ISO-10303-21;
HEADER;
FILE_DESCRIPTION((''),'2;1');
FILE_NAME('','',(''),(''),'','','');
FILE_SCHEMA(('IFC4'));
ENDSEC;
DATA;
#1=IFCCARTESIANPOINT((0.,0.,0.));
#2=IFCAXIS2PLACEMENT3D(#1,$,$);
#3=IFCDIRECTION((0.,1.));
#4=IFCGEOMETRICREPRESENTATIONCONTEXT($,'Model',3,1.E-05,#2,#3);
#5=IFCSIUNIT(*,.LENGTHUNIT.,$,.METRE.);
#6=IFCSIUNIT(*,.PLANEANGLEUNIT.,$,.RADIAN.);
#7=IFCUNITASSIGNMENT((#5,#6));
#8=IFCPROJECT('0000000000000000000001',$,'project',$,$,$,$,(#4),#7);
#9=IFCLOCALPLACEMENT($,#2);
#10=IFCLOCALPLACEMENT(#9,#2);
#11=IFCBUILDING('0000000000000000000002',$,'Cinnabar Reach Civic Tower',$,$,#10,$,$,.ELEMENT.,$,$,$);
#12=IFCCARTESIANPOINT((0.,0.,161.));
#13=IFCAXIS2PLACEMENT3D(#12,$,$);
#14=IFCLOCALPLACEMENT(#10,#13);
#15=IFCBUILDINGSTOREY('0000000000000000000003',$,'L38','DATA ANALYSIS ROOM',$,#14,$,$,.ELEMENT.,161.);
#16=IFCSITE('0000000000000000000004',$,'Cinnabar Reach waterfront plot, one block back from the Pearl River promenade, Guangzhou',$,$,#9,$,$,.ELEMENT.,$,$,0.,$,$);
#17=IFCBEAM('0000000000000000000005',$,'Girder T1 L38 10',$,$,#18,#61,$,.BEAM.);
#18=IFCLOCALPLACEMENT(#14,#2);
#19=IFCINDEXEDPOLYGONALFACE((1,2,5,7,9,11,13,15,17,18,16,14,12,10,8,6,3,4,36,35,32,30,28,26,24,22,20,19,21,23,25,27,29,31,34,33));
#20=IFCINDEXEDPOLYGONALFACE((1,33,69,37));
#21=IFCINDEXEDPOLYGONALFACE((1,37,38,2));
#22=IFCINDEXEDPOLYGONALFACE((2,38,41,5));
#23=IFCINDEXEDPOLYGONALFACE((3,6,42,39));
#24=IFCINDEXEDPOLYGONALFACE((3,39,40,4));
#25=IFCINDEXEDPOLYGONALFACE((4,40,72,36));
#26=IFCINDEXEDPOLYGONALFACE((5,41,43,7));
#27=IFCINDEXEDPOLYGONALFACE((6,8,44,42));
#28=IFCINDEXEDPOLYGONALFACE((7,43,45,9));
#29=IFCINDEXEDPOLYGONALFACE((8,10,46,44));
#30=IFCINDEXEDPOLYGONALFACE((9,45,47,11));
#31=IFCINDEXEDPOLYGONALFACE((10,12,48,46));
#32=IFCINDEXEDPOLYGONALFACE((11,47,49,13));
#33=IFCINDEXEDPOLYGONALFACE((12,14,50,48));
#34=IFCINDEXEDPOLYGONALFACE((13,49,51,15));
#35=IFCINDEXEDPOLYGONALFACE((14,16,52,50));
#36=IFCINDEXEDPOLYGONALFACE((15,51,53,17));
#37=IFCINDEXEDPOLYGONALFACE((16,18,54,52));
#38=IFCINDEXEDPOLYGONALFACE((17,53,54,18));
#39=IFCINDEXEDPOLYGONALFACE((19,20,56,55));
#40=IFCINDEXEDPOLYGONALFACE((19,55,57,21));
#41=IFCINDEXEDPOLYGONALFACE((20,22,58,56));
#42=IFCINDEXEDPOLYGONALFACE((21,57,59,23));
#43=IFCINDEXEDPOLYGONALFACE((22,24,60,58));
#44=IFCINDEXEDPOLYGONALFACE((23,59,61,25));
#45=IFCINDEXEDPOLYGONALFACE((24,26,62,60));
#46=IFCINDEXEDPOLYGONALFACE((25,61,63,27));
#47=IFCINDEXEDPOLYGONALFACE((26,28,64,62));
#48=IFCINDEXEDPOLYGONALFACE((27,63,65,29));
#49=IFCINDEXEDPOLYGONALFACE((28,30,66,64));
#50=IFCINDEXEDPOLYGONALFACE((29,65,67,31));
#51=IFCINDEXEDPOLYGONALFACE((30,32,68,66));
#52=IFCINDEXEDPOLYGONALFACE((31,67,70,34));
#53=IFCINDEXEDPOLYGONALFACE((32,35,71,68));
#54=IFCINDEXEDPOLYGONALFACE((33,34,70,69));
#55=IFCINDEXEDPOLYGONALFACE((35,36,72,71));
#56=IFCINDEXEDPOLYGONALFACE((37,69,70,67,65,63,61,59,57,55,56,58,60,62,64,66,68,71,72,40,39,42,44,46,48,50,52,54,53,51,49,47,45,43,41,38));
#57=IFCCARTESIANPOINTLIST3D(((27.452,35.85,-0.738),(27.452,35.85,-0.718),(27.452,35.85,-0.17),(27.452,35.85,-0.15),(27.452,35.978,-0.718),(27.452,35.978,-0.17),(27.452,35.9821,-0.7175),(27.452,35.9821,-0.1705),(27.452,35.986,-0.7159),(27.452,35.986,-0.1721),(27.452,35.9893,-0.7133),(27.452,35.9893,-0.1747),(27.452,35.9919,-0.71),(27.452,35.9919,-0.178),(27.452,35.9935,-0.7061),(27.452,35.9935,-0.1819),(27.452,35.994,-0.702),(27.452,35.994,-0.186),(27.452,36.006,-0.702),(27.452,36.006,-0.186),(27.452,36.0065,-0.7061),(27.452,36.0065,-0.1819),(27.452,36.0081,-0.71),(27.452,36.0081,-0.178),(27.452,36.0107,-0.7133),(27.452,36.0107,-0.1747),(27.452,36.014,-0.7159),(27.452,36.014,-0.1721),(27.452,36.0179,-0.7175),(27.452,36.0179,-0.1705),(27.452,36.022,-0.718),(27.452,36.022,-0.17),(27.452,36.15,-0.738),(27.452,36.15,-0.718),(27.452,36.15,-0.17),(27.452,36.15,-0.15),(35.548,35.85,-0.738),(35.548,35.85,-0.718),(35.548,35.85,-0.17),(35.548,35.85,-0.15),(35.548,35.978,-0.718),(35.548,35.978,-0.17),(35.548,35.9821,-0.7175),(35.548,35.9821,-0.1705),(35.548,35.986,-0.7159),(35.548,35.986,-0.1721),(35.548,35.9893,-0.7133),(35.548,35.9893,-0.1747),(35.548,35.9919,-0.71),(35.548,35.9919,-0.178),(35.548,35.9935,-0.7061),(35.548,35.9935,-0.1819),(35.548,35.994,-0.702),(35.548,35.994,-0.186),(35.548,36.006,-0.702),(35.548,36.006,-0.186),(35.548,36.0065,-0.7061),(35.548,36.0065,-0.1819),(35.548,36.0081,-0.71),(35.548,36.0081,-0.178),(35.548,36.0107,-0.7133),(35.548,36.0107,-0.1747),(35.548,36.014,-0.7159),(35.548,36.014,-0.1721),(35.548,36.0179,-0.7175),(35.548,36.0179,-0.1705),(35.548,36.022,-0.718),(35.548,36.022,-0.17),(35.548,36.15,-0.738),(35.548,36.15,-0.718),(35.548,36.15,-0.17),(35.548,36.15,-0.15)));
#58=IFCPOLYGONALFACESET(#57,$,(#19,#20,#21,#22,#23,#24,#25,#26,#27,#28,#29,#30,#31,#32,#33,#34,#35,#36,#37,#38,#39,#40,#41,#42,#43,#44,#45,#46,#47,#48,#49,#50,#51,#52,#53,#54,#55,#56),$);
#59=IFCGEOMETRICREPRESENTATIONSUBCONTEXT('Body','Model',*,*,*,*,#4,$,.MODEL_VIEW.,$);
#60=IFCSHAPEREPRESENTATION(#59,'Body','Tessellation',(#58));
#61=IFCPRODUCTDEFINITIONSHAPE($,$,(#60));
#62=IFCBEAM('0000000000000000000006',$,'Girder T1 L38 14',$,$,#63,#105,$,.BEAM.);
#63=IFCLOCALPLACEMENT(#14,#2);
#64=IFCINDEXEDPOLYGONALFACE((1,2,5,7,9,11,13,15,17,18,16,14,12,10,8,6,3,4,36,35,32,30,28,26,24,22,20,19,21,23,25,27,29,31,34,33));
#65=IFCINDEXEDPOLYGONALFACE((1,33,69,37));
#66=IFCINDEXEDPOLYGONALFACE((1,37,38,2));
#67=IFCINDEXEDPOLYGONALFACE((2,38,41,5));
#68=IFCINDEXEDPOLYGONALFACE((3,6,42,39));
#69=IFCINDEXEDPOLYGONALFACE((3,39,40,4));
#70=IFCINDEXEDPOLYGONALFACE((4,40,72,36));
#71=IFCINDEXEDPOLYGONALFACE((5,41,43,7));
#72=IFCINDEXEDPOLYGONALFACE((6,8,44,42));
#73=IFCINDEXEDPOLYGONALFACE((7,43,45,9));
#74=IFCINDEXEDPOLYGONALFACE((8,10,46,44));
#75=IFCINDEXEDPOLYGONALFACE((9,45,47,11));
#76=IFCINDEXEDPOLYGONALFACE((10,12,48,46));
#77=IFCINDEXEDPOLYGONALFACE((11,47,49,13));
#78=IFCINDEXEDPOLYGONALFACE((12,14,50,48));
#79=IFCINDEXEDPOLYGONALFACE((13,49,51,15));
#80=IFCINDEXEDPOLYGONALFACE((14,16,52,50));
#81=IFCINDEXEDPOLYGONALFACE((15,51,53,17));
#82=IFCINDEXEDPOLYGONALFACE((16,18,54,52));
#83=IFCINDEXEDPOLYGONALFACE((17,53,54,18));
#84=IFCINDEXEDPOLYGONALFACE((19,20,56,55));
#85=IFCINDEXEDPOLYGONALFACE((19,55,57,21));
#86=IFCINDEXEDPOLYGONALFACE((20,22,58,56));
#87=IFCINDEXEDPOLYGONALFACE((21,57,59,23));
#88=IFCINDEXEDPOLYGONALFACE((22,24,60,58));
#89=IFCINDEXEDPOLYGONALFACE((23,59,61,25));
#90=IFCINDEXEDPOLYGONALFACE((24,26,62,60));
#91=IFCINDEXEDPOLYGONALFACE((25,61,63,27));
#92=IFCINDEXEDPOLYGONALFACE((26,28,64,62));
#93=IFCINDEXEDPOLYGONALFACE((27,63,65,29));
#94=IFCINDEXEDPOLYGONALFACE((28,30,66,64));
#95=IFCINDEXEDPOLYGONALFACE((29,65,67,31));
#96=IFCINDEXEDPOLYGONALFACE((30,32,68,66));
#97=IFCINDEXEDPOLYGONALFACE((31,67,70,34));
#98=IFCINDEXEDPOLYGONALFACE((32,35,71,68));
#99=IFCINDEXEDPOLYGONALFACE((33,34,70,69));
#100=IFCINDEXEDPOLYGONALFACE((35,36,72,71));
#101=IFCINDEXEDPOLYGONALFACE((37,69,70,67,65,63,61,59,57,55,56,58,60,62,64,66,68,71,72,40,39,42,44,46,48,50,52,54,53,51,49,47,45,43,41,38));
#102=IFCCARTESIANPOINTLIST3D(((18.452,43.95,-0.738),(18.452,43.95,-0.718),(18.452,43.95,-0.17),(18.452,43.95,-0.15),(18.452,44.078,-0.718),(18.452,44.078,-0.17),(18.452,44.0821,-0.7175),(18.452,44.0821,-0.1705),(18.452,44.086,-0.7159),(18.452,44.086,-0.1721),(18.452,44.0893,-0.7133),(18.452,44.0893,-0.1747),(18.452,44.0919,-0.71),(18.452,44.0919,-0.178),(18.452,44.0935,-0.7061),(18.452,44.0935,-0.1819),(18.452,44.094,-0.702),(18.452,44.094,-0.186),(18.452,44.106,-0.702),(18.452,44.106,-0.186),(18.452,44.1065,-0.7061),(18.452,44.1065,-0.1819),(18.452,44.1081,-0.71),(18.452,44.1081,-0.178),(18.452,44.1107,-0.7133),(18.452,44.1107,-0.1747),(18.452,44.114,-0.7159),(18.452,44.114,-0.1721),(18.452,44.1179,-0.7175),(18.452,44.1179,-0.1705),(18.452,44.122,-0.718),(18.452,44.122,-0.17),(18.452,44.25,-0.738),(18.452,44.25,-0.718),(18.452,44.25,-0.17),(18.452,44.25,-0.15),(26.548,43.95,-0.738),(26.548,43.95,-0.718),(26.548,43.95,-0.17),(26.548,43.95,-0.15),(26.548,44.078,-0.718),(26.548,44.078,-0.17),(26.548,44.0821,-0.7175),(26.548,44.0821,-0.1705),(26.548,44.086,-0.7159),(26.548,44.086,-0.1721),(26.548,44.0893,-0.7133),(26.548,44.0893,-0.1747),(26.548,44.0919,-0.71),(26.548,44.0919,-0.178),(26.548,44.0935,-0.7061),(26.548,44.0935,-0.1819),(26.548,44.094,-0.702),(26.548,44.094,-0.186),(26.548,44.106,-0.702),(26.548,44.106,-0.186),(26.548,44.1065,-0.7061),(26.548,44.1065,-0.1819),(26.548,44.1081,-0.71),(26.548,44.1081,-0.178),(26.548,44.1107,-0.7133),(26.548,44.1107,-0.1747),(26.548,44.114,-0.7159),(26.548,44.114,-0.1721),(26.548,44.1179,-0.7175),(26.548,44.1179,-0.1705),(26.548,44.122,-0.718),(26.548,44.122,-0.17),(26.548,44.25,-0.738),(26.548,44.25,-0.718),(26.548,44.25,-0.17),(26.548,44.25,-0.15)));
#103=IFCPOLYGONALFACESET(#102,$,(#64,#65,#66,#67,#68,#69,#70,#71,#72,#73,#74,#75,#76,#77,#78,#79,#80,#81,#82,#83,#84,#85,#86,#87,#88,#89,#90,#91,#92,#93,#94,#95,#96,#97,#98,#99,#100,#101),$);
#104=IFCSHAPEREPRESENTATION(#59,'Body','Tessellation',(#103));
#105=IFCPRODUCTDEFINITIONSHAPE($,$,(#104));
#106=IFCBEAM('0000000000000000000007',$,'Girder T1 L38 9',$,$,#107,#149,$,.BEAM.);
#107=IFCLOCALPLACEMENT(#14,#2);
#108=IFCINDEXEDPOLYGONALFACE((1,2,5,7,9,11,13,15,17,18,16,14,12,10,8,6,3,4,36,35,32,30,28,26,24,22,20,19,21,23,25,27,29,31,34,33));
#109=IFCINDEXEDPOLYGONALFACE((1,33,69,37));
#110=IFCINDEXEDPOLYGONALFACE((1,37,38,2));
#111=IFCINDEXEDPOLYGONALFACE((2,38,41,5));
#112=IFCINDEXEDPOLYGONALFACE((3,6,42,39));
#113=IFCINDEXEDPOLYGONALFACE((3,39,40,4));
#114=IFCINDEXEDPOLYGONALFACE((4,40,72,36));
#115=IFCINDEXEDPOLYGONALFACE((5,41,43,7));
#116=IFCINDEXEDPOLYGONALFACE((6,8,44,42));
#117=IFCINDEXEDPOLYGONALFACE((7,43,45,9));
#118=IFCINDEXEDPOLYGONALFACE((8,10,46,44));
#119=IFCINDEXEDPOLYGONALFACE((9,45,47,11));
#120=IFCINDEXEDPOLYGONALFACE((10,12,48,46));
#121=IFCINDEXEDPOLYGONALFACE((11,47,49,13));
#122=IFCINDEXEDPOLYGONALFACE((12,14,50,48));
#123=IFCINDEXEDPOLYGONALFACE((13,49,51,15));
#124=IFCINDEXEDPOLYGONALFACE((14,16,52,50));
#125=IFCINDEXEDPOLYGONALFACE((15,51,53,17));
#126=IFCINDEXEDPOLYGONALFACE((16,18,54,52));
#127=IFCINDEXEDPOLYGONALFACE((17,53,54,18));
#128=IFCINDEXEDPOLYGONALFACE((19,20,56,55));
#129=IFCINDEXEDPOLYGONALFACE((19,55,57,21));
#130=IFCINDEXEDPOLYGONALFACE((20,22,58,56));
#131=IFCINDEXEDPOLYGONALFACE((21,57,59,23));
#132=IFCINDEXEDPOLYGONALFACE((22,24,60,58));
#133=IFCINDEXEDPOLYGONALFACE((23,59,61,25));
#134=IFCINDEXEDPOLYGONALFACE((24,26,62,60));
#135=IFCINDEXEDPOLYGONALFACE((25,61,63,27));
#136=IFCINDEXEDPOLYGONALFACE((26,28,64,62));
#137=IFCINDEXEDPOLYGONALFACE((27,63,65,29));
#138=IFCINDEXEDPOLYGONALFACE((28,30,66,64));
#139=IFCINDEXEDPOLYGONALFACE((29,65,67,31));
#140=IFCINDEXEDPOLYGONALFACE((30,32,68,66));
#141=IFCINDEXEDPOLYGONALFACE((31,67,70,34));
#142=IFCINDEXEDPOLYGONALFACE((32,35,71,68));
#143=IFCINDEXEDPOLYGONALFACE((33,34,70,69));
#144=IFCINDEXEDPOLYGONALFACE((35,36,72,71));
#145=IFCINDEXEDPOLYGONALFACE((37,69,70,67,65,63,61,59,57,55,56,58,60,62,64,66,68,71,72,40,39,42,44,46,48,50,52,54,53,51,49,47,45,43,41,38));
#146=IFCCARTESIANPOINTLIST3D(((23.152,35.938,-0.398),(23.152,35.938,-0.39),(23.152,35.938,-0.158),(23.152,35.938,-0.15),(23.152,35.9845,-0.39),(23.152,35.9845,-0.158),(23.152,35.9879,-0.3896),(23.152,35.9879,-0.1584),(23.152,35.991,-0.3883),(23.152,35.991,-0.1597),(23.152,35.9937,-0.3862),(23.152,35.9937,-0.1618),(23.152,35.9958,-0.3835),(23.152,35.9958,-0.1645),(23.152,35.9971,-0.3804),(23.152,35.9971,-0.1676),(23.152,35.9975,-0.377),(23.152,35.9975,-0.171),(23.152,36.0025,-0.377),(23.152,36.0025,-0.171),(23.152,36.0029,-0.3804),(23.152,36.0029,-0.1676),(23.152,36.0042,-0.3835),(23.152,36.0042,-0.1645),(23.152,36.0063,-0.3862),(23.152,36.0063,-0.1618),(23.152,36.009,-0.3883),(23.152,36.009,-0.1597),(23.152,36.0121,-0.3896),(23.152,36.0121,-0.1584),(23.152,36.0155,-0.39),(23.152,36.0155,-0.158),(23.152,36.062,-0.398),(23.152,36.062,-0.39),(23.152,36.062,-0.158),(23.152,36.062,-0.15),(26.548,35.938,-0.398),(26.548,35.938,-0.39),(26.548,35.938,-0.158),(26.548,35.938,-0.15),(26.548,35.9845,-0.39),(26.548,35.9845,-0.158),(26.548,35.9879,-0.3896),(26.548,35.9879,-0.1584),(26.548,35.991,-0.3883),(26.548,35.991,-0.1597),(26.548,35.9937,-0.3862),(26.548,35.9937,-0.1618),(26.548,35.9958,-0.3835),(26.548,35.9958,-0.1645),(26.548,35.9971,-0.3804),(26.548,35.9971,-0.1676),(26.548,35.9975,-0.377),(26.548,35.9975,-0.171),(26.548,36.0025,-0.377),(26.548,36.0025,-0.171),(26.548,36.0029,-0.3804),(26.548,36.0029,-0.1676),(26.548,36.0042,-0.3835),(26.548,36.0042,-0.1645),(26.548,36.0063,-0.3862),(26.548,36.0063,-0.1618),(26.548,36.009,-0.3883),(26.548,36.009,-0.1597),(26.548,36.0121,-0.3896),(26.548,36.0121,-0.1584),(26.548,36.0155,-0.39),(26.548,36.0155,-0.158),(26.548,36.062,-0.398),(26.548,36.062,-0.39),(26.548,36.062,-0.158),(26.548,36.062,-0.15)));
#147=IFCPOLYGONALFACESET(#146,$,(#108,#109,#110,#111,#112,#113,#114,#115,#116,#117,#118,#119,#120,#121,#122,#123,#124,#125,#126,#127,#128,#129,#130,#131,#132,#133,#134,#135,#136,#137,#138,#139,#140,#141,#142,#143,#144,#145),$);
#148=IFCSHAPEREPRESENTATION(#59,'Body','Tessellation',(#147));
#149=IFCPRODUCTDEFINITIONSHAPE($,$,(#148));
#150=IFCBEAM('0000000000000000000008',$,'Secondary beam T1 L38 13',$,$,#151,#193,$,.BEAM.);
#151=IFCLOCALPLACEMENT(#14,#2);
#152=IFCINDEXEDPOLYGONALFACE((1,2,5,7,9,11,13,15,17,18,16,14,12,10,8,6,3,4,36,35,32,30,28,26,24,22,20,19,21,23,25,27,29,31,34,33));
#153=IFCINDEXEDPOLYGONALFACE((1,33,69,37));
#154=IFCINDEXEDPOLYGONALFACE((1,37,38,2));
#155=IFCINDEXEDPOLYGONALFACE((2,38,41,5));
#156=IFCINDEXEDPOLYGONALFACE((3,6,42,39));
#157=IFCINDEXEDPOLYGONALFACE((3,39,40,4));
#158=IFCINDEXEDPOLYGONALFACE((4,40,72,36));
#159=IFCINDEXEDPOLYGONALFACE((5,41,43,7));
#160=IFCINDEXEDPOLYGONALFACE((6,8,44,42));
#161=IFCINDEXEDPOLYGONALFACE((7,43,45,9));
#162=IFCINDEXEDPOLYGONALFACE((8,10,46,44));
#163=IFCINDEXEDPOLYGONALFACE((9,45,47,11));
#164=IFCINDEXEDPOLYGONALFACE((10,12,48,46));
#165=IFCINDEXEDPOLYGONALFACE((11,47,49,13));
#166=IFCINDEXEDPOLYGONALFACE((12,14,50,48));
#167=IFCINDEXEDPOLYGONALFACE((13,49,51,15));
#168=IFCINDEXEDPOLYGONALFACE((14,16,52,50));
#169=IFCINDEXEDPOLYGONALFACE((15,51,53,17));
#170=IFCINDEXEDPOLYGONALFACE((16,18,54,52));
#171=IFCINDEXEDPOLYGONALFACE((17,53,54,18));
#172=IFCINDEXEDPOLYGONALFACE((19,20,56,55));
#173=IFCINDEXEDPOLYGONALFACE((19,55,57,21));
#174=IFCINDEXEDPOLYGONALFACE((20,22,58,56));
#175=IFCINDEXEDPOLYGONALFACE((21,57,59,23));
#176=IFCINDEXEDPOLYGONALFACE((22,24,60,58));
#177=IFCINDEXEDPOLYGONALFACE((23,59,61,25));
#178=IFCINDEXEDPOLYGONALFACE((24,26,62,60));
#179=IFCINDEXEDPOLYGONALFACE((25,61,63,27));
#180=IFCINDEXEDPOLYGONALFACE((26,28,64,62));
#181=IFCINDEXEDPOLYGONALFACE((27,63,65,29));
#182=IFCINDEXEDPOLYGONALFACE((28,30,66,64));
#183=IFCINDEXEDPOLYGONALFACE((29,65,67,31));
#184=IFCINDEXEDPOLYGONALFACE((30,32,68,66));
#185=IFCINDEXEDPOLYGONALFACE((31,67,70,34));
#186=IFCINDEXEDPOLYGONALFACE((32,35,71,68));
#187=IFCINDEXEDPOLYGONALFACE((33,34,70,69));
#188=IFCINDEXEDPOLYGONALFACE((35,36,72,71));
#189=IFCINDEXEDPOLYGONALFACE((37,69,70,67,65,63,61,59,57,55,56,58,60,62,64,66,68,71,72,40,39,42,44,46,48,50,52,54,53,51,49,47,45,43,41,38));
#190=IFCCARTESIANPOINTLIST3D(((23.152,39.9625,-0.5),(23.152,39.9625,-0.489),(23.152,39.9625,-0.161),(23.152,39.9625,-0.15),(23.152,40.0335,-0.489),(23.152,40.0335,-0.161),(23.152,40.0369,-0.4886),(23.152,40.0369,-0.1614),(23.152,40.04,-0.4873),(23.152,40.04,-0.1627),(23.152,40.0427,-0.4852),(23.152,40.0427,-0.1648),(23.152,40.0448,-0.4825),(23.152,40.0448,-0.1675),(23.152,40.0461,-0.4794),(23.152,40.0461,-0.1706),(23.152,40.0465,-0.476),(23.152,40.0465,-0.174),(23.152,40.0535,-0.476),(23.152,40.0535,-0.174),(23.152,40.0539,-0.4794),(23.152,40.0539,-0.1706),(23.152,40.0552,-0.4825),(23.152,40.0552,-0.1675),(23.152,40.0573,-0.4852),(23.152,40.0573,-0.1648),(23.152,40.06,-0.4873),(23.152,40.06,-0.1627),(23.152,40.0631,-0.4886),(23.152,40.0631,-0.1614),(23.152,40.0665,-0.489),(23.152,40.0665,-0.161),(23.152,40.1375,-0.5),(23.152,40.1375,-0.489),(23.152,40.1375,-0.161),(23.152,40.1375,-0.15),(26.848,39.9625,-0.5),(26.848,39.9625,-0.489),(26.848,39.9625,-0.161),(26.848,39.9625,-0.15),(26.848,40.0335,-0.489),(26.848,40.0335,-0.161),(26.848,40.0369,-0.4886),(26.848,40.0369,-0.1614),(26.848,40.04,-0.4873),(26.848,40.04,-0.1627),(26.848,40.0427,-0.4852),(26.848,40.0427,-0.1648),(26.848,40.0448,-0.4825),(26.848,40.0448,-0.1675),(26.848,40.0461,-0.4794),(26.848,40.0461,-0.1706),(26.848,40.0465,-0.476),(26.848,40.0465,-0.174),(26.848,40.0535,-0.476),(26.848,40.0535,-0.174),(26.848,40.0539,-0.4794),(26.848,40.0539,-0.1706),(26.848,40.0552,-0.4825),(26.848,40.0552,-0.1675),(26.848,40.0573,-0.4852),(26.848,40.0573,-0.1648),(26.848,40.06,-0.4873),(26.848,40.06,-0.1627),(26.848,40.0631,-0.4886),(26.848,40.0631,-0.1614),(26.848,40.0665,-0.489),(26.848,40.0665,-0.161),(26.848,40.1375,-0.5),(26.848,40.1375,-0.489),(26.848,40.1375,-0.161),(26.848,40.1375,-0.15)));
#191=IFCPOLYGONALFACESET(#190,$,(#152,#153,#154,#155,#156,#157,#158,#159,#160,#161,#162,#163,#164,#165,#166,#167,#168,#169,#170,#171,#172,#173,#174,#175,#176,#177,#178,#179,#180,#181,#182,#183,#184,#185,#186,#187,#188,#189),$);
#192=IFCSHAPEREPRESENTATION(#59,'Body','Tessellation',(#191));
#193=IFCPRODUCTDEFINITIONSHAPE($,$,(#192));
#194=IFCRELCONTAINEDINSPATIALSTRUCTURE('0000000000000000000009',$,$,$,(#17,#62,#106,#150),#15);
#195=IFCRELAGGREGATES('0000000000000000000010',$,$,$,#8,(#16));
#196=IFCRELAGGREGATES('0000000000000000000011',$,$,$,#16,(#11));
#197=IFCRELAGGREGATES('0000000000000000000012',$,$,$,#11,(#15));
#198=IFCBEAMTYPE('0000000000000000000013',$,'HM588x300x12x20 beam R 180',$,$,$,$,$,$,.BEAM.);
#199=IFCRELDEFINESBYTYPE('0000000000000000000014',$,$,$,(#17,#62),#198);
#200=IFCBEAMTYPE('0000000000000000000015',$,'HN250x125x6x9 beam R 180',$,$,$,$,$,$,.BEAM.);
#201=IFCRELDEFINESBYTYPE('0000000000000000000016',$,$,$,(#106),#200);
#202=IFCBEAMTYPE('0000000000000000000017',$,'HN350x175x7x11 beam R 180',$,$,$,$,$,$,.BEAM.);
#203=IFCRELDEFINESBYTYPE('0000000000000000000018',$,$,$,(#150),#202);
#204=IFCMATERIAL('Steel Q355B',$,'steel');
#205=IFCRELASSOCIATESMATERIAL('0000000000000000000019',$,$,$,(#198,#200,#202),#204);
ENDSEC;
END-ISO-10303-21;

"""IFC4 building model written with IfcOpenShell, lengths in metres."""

from ifc_helpers import new_model, si_unit, direction, frame, origin, origin_2d, place, context, subcontext, project, spatial, i_section, extrude, material, material_profile, profile_set, type_object, element, save


model = new_model("IFC4")

# Units and contexts
model_context = context("Model", 3, precision=1e-05, world=origin(), true_north=direction((0.0, 1.0)))
body_context = subcontext(model_context, "Body", "Model", "MODEL_VIEW")
ifc_project = project(units=[si_unit("LENGTHUNIT", "METRE"), si_unit("PLANEANGLEUNIT", "RADIAN")], contexts=[model_context])

# Site, building, storey
site_placement = place(None, origin())
site = spatial("IfcSite", under=ifc_project, at=site_placement, Name="Cinnabar Reach waterfront plot, one block back from the Pearl River promenade, Guangzhou", CompositionType="ELEMENT", RefElevation=0.0)
building_placement = place(site_placement, origin())
building = spatial("IfcBuilding", under=site, at=building_placement, Name="Cinnabar Reach Civic Tower", CompositionType="ELEMENT")
storey_placement = place(building_placement, frame((0.0, 0.0, 161.0)))
storey = spatial("IfcBuildingStorey", under=building, at=storey_placement, Name="L38", Description="DATA ANALYSIS ROOM", CompositionType="ELEMENT", Elevation=161.0)

# Beams
ifc_material_1 = material(Name="Steel Q355B", Category="steel")
ifc_material_profile_1 = material_profile(ifc_material_1, i_section(OverallWidth=0.3, OverallDepth=0.588, WebThickness=0.012, FlangeThickness=0.02, FilletRadius=0.016, at=origin_2d()), Name="HM588x300x12x20")
ifc_profile_set_1 = profile_set([ifc_material_profile_1], Name="Steel Q355B")
beam_type_1 = type_object("IfcBeamType", Name="HM588x300x12x20 beam R 180", PredefinedType="BEAM", material=ifc_profile_set_1)
for number, where, z_axis, x_axis, name in (
    (1, (27.452, 36.0, -0.444), (1.0, 0.0, 0.0), (0.0, 1.0, 0.0), "Girder T1 L38 10"),
    (2, (18.452, 44.1, -0.444), (1.0, 0.0, 0.0), (0.0, 1.0, 0.0), "Girder T1 L38 14"),
):
    element("IfcBeam", number, at=place(storey_placement, frame(where, z_axis=z_axis, x_axis=x_axis)), inside=storey, type_object=beam_type_1, Name=name, PredefinedType="BEAM", context=body_context, shape_type="SweptSolid", body=[
        extrude(i_section(OverallWidth=0.3, OverallDepth=0.588, WebThickness=0.012, FlangeThickness=0.02, FilletRadius=0.016, at=origin_2d()), origin(), (0.0, 0.0, 1.0), 8.096),
    ])
ifc_material_profile_2 = material_profile(ifc_material_1, i_section(OverallWidth=0.124, OverallDepth=0.248, WebThickness=0.005, FlangeThickness=0.008, FilletRadius=0.013, at=origin_2d()), Name="HN250x125x6x9")
ifc_profile_set_2 = profile_set([ifc_material_profile_2], Name="Steel Q355B")
beam_type_2 = type_object("IfcBeamType", Name="HN250x125x6x9 beam R 180", PredefinedType="BEAM", material=ifc_profile_set_2)
beam_1_placement = place(storey_placement, frame((23.152, 36.0, -0.274), z_axis=(1.0, 0.0, 0.0), x_axis=(0.0, 1.0, 0.0)))
element("IfcBeam", 3, at=beam_1_placement, inside=storey, type_object=beam_type_2, Name="Girder T1 L38 9", PredefinedType="BEAM", context=body_context, shape_type="SweptSolid", body=[
    extrude(i_section(OverallWidth=0.124, OverallDepth=0.248, WebThickness=0.005, FlangeThickness=0.008, FilletRadius=0.013, at=origin_2d()), origin(), (0.0, 0.0, 1.0), 3.396),
])
ifc_material_profile_3 = material_profile(ifc_material_1, i_section(OverallWidth=0.175, OverallDepth=0.35, WebThickness=0.007, FlangeThickness=0.011, FilletRadius=0.013, at=origin_2d()), Name="HN350x175x7x11")
ifc_profile_set_3 = profile_set([ifc_material_profile_3], Name="Steel Q355B")
beam_type_3 = type_object("IfcBeamType", Name="HN350x175x7x11 beam R 180", PredefinedType="BEAM", material=ifc_profile_set_3)
beam_2_placement = place(storey_placement, frame((23.152, 40.05, -0.325), z_axis=(1.0, 0.0, 0.0), x_axis=(0.0, 1.0, 0.0)))
element("IfcBeam", 4, at=beam_2_placement, inside=storey, type_object=beam_type_3, Name="Secondary beam T1 L38 13", PredefinedType="BEAM", context=body_context, shape_type="SweptSolid", body=[
    extrude(i_section(OverallWidth=0.175, OverallDepth=0.35, WebThickness=0.007, FlangeThickness=0.011, FilletRadius=0.013, at=origin_2d()), origin(), (0.0, 0.0, 1.0), 3.696),
])

save(model, "model.ifc")
